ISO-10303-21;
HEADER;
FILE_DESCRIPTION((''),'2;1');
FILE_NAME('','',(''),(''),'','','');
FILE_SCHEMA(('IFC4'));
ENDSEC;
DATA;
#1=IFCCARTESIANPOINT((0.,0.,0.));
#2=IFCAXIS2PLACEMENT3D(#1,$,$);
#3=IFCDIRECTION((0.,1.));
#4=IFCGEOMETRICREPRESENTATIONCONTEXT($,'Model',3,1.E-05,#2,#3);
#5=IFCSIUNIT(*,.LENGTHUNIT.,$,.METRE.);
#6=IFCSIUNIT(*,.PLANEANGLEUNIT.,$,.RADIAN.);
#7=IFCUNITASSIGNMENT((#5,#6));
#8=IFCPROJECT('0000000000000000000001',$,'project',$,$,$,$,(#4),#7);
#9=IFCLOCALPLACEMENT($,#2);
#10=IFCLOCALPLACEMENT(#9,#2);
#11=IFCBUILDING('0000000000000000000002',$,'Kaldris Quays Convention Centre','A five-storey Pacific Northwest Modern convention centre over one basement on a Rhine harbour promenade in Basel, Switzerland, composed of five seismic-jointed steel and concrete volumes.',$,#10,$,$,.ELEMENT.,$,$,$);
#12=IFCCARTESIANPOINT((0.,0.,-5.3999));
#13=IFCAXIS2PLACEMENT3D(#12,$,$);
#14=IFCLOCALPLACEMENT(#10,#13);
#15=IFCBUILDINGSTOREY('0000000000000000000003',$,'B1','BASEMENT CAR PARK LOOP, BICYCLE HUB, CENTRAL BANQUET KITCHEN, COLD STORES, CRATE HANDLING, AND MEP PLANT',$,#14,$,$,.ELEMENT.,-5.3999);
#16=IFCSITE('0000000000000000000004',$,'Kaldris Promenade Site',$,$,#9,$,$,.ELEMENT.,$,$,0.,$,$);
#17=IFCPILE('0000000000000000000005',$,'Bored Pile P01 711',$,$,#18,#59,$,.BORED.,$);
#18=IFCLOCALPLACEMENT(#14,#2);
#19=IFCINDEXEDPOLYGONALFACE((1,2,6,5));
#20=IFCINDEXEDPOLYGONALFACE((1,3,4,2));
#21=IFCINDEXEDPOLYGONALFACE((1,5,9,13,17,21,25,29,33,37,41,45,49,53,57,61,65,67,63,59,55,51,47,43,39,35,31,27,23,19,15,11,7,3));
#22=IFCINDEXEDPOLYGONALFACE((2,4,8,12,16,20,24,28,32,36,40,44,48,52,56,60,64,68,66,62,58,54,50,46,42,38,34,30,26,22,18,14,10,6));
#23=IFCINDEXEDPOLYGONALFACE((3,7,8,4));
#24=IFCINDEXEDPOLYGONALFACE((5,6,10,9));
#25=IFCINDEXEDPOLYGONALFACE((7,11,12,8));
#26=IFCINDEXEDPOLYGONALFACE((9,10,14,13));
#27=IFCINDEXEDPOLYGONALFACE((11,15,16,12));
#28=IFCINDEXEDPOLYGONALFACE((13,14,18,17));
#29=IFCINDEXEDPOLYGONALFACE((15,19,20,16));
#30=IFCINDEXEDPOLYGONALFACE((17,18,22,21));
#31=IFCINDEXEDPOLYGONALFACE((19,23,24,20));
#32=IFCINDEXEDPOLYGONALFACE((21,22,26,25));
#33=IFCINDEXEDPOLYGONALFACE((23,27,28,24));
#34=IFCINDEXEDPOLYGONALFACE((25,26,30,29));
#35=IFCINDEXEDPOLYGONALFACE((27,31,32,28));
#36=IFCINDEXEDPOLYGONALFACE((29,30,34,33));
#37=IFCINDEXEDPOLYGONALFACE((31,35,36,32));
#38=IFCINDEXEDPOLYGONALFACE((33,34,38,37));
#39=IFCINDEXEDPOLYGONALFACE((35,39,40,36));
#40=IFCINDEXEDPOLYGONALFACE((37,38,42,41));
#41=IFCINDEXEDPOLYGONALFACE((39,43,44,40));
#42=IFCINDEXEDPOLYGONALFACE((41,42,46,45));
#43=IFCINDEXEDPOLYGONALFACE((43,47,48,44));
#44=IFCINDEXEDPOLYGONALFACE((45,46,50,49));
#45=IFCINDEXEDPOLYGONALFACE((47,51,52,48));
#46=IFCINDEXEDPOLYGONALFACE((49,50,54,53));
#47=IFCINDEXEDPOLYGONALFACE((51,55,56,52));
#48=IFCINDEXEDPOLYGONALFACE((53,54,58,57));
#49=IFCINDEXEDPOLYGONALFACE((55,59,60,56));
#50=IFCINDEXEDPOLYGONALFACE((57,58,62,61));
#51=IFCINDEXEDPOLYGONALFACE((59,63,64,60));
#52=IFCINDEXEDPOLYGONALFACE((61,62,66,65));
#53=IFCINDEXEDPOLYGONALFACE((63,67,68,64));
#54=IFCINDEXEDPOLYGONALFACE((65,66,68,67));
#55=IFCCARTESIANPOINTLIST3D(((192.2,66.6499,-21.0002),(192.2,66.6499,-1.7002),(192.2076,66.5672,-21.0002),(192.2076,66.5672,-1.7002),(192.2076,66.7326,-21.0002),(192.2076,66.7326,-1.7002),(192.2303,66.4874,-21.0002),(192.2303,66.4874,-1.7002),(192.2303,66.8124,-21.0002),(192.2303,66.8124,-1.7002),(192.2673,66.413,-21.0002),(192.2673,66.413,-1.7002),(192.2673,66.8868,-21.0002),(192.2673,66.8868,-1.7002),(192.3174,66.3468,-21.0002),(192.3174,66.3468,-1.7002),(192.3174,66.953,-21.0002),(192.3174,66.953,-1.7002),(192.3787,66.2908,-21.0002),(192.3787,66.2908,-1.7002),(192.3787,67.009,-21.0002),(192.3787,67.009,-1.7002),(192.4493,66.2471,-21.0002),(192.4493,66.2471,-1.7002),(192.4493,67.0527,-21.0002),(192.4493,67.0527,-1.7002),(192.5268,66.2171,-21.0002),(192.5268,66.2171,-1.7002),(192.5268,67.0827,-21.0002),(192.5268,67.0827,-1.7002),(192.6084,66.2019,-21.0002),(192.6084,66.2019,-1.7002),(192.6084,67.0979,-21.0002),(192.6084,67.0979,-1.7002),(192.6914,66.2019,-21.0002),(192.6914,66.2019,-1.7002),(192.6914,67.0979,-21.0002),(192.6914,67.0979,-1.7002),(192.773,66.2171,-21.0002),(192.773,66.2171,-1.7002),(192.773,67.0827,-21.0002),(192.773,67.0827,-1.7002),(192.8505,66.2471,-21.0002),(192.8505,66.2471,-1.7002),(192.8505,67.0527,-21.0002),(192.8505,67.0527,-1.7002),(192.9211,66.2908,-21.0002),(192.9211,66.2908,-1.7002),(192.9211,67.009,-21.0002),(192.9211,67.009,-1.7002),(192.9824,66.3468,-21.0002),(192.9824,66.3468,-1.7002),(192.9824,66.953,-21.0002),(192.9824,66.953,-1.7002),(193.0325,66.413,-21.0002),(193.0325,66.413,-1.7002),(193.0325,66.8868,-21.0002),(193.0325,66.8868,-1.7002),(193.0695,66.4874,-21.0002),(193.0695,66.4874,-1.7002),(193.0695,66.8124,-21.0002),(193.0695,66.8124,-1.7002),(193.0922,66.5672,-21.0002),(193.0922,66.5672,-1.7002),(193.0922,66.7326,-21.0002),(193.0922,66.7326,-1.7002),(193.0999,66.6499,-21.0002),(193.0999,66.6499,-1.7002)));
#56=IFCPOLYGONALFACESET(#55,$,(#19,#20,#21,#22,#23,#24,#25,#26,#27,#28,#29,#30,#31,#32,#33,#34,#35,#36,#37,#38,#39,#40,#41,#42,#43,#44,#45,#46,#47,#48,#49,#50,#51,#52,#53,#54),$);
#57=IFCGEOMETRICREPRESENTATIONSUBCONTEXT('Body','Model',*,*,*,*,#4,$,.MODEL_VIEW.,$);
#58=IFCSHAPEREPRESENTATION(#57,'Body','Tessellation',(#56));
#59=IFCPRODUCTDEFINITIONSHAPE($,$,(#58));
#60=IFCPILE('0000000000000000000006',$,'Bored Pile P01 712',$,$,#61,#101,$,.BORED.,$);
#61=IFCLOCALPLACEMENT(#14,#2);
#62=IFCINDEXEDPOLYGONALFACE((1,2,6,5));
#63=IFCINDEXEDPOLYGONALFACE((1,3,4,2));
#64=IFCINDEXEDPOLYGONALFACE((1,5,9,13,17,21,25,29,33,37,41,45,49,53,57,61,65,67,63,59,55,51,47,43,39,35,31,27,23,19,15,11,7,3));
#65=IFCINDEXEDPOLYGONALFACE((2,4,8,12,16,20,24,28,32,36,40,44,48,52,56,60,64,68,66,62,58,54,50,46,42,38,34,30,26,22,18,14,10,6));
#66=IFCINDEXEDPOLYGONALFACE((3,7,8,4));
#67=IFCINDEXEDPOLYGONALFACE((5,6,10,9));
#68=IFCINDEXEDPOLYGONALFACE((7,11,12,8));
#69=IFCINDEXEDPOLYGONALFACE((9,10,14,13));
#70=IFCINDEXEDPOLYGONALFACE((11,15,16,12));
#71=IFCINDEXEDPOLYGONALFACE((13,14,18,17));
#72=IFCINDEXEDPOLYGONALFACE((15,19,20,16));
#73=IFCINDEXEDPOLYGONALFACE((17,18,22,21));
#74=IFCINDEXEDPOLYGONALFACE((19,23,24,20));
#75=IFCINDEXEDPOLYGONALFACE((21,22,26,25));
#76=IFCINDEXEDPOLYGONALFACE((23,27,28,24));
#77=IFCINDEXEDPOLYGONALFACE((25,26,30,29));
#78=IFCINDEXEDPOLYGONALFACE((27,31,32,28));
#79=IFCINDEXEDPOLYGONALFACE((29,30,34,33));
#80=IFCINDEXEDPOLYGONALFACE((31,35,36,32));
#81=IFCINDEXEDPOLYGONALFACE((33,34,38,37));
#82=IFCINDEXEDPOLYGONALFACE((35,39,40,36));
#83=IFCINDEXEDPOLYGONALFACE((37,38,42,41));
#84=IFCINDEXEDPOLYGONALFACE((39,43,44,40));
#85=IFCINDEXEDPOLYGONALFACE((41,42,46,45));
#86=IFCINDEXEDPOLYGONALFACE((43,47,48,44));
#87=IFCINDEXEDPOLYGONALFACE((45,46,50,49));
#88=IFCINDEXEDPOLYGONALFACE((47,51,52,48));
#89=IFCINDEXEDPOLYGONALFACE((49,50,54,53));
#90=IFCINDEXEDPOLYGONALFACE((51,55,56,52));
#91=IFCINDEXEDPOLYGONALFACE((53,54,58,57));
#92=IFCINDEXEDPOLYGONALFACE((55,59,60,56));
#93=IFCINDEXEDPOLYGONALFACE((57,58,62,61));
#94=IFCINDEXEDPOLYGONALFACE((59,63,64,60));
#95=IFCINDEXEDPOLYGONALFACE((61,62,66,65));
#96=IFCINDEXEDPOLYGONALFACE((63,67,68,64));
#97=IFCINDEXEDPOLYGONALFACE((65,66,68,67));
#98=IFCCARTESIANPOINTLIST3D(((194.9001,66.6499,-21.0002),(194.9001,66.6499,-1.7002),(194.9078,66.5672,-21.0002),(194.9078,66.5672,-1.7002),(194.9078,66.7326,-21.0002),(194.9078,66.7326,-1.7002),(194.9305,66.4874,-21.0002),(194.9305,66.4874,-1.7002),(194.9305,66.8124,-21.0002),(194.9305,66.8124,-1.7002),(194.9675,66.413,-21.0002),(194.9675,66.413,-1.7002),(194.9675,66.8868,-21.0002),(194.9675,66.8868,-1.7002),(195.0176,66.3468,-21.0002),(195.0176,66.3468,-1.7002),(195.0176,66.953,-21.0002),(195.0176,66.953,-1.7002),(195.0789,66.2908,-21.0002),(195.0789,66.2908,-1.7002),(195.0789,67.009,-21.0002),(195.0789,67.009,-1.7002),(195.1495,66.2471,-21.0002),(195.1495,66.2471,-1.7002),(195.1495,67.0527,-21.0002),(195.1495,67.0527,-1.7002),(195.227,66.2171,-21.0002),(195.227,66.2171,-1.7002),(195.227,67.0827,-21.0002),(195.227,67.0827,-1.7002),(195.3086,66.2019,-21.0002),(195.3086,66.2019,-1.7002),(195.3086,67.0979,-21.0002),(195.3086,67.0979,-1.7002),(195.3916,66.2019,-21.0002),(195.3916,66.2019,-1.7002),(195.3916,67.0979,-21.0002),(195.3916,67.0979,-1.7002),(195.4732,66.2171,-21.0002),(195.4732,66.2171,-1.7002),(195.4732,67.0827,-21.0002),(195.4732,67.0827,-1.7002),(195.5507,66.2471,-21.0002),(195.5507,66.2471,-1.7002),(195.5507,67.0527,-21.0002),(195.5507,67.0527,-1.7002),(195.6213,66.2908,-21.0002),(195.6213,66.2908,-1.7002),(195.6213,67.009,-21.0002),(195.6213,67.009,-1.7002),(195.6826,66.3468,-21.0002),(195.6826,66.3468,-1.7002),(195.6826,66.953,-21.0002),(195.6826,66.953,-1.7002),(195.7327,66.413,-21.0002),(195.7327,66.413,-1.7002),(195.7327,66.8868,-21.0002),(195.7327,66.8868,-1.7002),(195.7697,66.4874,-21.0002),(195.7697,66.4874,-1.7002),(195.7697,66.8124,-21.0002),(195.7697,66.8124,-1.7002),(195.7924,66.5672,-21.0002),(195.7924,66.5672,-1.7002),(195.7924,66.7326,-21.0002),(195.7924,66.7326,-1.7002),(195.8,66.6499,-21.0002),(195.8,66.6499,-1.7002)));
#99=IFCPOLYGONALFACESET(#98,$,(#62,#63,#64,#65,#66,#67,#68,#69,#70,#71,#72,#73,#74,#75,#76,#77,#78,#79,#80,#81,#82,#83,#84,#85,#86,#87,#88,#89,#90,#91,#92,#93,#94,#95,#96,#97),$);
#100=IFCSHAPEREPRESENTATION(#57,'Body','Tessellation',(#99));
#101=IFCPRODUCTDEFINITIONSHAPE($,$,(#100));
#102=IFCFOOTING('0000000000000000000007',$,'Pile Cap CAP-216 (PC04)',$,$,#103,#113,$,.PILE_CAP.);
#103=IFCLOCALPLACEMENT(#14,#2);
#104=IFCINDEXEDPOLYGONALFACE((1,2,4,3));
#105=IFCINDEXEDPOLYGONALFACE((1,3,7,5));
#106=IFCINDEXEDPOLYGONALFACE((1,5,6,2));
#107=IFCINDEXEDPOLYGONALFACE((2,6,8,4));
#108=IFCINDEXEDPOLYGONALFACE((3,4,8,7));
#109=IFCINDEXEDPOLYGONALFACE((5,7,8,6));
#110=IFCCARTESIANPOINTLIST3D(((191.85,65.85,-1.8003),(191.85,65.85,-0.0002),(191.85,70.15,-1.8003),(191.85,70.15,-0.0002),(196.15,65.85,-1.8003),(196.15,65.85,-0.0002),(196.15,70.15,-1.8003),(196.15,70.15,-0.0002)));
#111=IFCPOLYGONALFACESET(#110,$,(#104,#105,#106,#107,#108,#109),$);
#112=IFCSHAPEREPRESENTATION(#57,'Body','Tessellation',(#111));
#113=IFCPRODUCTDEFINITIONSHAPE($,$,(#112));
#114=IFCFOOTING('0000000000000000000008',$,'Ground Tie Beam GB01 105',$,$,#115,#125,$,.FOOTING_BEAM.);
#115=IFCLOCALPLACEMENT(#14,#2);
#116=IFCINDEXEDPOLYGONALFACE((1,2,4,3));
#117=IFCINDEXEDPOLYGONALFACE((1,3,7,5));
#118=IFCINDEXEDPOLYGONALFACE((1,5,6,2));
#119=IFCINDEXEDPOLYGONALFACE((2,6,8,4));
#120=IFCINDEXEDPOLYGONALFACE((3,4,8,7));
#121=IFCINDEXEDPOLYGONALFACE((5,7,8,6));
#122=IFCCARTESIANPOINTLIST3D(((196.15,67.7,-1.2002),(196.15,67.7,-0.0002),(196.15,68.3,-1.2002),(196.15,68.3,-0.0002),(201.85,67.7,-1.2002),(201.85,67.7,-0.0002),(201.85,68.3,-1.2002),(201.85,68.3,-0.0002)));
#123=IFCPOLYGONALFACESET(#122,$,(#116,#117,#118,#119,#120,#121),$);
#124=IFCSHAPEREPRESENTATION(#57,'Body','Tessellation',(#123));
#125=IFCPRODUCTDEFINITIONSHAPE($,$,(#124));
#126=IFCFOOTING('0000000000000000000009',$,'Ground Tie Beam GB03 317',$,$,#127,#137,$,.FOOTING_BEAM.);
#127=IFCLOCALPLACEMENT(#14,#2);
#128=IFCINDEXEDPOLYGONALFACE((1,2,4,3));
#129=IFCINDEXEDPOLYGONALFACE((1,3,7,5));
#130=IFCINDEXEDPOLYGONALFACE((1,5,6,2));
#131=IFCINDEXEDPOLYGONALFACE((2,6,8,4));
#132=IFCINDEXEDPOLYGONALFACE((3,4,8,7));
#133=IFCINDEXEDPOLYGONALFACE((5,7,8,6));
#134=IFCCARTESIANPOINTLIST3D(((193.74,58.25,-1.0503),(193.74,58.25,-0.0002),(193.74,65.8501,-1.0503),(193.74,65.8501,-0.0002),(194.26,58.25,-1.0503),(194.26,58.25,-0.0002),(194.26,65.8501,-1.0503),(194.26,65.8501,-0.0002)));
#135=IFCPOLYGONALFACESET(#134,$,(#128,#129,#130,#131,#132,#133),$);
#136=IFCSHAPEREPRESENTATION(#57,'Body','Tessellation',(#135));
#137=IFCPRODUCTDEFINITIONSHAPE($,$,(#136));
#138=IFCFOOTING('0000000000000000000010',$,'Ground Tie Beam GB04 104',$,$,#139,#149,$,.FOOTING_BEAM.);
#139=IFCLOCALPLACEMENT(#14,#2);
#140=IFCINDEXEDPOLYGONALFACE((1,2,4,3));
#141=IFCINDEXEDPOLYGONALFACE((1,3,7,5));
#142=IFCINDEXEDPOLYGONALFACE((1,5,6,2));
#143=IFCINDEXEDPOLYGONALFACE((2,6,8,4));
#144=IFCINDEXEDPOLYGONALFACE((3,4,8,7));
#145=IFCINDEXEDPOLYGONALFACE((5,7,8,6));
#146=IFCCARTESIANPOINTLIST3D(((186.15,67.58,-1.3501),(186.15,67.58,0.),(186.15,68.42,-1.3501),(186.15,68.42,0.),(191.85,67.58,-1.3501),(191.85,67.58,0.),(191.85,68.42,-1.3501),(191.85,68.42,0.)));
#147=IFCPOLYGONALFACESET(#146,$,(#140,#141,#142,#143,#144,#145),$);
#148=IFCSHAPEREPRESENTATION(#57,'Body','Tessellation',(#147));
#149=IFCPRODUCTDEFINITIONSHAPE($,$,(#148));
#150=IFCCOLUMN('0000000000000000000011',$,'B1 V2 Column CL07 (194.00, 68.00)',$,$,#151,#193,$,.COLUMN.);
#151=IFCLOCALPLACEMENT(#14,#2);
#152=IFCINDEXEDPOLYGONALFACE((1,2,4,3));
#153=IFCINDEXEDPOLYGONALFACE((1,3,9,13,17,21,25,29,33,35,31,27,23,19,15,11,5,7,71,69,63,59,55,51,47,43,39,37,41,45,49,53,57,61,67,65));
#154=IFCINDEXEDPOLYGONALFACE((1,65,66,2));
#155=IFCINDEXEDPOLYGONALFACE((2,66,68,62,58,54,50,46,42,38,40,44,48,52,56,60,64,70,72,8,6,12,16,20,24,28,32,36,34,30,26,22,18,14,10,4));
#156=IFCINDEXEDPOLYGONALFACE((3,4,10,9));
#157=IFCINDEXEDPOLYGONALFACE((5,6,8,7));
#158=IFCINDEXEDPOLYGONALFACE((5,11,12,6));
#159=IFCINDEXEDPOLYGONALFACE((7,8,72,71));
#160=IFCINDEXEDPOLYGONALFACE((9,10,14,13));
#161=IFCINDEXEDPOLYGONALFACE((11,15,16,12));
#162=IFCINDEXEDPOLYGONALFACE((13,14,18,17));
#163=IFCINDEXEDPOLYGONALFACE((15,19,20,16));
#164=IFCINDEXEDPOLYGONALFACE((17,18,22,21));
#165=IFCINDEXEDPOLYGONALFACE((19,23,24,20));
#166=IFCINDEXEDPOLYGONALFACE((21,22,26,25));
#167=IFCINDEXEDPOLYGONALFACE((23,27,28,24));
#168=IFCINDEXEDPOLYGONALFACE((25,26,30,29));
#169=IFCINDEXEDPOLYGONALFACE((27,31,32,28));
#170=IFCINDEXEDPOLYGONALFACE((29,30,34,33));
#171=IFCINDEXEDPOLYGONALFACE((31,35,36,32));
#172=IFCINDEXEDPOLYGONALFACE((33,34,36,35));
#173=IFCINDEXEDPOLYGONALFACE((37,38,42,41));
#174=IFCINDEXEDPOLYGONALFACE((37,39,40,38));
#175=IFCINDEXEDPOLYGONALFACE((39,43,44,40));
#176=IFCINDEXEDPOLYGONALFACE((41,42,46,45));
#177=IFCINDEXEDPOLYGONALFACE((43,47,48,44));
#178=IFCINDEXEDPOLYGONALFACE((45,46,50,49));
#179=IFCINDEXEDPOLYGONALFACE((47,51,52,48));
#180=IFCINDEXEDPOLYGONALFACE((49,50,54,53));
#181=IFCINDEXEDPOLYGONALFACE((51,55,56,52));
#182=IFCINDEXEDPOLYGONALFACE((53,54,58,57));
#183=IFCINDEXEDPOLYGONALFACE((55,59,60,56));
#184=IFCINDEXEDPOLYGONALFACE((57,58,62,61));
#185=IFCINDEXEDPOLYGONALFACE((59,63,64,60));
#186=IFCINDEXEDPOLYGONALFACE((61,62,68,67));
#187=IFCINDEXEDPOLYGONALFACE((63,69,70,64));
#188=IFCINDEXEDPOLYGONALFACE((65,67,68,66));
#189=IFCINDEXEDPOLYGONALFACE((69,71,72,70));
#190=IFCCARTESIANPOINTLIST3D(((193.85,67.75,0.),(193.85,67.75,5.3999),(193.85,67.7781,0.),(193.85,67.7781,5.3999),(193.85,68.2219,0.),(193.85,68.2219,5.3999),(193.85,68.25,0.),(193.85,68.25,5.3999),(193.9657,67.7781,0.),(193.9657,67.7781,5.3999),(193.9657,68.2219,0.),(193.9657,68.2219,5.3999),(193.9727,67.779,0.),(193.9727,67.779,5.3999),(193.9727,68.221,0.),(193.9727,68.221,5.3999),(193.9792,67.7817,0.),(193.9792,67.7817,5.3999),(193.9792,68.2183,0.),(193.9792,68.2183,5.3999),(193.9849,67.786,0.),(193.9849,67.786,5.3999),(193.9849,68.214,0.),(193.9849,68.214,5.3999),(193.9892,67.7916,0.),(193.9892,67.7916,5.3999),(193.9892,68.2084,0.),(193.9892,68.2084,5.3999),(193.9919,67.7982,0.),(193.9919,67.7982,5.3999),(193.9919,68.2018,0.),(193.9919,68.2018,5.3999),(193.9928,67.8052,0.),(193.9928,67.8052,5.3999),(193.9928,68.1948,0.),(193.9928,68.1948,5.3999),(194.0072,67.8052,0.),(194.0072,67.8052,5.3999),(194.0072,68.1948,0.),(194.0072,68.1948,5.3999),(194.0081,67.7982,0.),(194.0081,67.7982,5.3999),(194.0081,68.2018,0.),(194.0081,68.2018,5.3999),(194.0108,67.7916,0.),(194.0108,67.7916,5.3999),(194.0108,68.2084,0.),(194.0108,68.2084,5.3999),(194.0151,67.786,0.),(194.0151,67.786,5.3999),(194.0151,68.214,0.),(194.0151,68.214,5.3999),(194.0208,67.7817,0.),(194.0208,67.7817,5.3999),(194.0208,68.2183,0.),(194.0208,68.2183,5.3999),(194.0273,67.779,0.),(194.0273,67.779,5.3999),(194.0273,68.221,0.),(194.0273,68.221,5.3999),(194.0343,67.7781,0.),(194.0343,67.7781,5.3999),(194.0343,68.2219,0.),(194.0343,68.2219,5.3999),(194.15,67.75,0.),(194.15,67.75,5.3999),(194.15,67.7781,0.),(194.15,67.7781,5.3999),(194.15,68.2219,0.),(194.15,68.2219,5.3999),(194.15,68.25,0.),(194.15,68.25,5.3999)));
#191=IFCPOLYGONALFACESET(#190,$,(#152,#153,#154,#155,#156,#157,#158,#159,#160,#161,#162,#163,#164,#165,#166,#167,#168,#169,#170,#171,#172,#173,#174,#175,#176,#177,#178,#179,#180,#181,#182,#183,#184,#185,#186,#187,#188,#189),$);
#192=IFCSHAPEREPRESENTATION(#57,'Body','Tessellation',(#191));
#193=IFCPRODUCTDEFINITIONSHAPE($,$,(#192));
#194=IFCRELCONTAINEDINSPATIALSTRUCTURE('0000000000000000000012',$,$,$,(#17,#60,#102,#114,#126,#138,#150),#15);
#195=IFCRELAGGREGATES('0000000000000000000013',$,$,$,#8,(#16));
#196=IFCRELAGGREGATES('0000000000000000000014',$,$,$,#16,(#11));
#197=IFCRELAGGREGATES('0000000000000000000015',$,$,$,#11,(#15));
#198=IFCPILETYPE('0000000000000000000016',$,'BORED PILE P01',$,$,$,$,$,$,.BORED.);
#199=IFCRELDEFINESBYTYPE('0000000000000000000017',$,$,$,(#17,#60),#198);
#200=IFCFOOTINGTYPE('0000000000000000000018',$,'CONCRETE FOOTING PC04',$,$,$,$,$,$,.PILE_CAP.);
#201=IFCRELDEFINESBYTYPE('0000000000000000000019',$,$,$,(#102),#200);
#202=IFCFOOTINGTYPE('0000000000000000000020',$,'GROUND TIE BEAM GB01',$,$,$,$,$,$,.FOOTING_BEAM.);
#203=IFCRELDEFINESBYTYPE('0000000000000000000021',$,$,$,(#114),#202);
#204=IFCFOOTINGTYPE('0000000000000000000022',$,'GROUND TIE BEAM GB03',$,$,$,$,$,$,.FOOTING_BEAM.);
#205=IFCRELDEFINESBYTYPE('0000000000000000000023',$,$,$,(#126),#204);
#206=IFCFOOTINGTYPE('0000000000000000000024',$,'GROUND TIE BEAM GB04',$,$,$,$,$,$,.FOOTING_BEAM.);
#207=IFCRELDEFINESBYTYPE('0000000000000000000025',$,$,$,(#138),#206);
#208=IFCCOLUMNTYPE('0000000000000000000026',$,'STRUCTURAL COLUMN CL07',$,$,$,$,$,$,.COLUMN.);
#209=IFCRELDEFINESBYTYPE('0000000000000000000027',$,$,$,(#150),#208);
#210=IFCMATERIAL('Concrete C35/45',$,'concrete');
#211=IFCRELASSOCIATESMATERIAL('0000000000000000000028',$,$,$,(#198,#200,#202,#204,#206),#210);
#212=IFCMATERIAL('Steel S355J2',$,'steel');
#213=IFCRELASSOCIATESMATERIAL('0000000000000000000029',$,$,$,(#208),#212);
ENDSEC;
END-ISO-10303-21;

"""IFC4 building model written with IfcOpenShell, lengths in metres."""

from ifc_helpers import new_model, si_unit, direction, frame, origin, origin_2d, place, context, subcontext, project, spatial, rectangle, circle, i_section, extrude, material, material_profile, profile_set, type_object, element, save


model = new_model("IFC4")

# Units and contexts
model_context = context("Model", 3, precision=1e-05, world=origin(), true_north=direction((0.0, 1.0)))
body_context = subcontext(model_context, "Body", "Model", "MODEL_VIEW")
ifc_project = project(units=[si_unit("LENGTHUNIT", "METRE"), si_unit("PLANEANGLEUNIT", "RADIAN")], contexts=[model_context])

# Site, building, storey
site_placement = place(None, origin())
site = spatial("IfcSite", under=ifc_project, at=site_placement, Name="Kaldris Promenade Site", CompositionType="ELEMENT", RefElevation=0.0)
building_placement = place(site_placement, origin())
building = spatial("IfcBuilding", under=site, at=building_placement, Name="Kaldris Quays Convention Centre", Description="A five-storey Pacific Northwest Modern convention centre over one basement on a Rhine harbour promenade in Basel, Switzerland, composed of five seismic-jointed steel and concrete volumes.", CompositionType="ELEMENT")
storey_placement = place(building_placement, frame((0.0, 0.0, -5.3999)))
storey = spatial("IfcBuildingStorey", under=building, at=storey_placement, Name="B1", Description="BASEMENT CAR PARK LOOP, BICYCLE HUB, CENTRAL BANQUET KITCHEN, COLD STORES, CRATE HANDLING, AND MEP PLANT", CompositionType="ELEMENT", Elevation=-5.3999)

# Piles
ifc_material_1 = material(Name="Concrete C35/45", Category="concrete")
ifc_material_profile_1 = material_profile(ifc_material_1, circle(Radius=0.45, at=origin_2d()), Name="BORED PILE D900")
ifc_profile_set_1 = profile_set([ifc_material_profile_1], Name="Concrete C35/45")
pile_type = type_object("IfcPileType", Name="BORED PILE P01", PredefinedType="BORED", material=ifc_profile_set_1)
for number, where, z_axis, x_axis, name in (
    (1, (192.6499, 66.6499, -1.7002), (0.0, 0.0, -1.0), (1.0, 0.0, 0.0), "Bored Pile P01 711"),
    (2, (195.3501, 66.6499, -1.7002), (0.0, 0.0, -1.0), (1.0, 0.0, 0.0), "Bored Pile P01 712"),
):
    element("IfcPile", number, at=place(storey_placement, frame(where, z_axis=z_axis, x_axis=x_axis)), inside=storey, type_object=pile_type, Name=name, PredefinedType="BORED", context=body_context, shape_type="SweptSolid", body=[
        extrude(circle(Radius=0.45, at=origin_2d()), origin(), (0.0, 0.0, 1.0), 19.3),
    ])

# Footings
footing_type_1 = type_object("IfcFootingType", Name="CONCRETE FOOTING PC04", PredefinedType="PILE_CAP", material=ifc_material_1)
footing_1_placement = place(storey_placement, frame((194.0, 68.0, -1.8003), z_axis=(0.0, 0.0, 1.0), x_axis=(1.0, 0.0, 0.0)))
element("IfcFooting", 3, at=footing_1_placement, inside=storey, type_object=footing_type_1, Name="Pile Cap CAP-216 (PC04)", PredefinedType="PILE_CAP", context=body_context, shape_type="SweptSolid", body=[
    extrude(rectangle(XDim=4.3, YDim=4.3, at=origin_2d()), origin(), (0.0, 0.0, 1.0), 1.8),
])
footing_type_2 = type_object("IfcFootingType", Name="GROUND TIE BEAM GB01", PredefinedType="FOOTING_BEAM", material=ifc_material_1)
footing_2_placement = place(storey_placement, frame((199.0, 68.0, -1.2002), z_axis=(0.0, 0.0, 1.0), x_axis=(1.0, 0.0, 0.0)))
element("IfcFooting", 4, at=footing_2_placement, inside=storey, type_object=footing_type_2, Name="Ground Tie Beam GB01 105", PredefinedType="FOOTING_BEAM", context=body_context, shape_type="SweptSolid", body=[
    extrude(rectangle(XDim=5.7, YDim=0.6001, at=origin_2d()), origin(), (0.0, 0.0, 1.0), 1.2),
])
footing_type_3 = type_object("IfcFootingType", Name="GROUND TIE BEAM GB03", PredefinedType="FOOTING_BEAM", material=ifc_material_1)
footing_3_placement = place(storey_placement, frame((194.0, 62.05, -1.0503), z_axis=(0.0, 0.0, 1.0), x_axis=(1.0, 0.0, 0.0)))
element("IfcFooting", 5, at=footing_3_placement, inside=storey, type_object=footing_type_3, Name="Ground Tie Beam GB03 317", PredefinedType="FOOTING_BEAM", context=body_context, shape_type="SweptSolid", body=[
    extrude(rectangle(XDim=0.52, YDim=7.6001, at=origin_2d()), origin(), (0.0, 0.0, 1.0), 1.05),
])
footing_type_4 = type_object("IfcFootingType", Name="GROUND TIE BEAM GB04", PredefinedType="FOOTING_BEAM", material=ifc_material_1)
footing_4_placement = place(storey_placement, frame((189.0, 68.0, -1.3501), z_axis=(0.0, 0.0, 1.0), x_axis=(1.0, 0.0, 0.0)))
element("IfcFooting", 6, at=footing_4_placement, inside=storey, type_object=footing_type_4, Name="Ground Tie Beam GB04 104", PredefinedType="FOOTING_BEAM", context=body_context, shape_type="SweptSolid", body=[
    extrude(rectangle(XDim=5.7, YDim=0.8401, at=origin_2d()), origin(), (0.0, 0.0, 1.0), 1.3501),
])

# Column
ifc_material_2 = material(Name="Steel S355J2", Category="steel")
ifc_material_profile_2 = material_profile(ifc_material_2, i_section(OverallWidth=0.3, OverallDepth=0.5, WebThickness=0.0144, FlangeThickness=0.0281, FilletRadius=0.0271, at=origin_2d()), Name="HEB 500")
ifc_profile_set_2 = profile_set([ifc_material_profile_2], Name="Steel S355J2")
column_type = type_object("IfcColumnType", Name="STRUCTURAL COLUMN CL07", PredefinedType="COLUMN", material=ifc_profile_set_2)
column_placement = place(storey_placement, frame((194.0, 68.0, 0.0), z_axis=(0.0, 0.0, 1.0), x_axis=(1.0, 0.0, 0.0)))
element("IfcColumn", 7, at=column_placement, inside=storey, type_object=column_type, Name="B1 V2 Column CL07 (194.00, 68.00)", PredefinedType="COLUMN", context=body_context, shape_type="SweptSolid", body=[
    extrude(i_section(OverallWidth=0.3, OverallDepth=0.5, WebThickness=0.0144, FlangeThickness=0.0281, FilletRadius=0.0271, at=origin_2d()), origin(), (0.0, 0.0, 1.0), 5.3999),
])

save(model, "model.ifc")
